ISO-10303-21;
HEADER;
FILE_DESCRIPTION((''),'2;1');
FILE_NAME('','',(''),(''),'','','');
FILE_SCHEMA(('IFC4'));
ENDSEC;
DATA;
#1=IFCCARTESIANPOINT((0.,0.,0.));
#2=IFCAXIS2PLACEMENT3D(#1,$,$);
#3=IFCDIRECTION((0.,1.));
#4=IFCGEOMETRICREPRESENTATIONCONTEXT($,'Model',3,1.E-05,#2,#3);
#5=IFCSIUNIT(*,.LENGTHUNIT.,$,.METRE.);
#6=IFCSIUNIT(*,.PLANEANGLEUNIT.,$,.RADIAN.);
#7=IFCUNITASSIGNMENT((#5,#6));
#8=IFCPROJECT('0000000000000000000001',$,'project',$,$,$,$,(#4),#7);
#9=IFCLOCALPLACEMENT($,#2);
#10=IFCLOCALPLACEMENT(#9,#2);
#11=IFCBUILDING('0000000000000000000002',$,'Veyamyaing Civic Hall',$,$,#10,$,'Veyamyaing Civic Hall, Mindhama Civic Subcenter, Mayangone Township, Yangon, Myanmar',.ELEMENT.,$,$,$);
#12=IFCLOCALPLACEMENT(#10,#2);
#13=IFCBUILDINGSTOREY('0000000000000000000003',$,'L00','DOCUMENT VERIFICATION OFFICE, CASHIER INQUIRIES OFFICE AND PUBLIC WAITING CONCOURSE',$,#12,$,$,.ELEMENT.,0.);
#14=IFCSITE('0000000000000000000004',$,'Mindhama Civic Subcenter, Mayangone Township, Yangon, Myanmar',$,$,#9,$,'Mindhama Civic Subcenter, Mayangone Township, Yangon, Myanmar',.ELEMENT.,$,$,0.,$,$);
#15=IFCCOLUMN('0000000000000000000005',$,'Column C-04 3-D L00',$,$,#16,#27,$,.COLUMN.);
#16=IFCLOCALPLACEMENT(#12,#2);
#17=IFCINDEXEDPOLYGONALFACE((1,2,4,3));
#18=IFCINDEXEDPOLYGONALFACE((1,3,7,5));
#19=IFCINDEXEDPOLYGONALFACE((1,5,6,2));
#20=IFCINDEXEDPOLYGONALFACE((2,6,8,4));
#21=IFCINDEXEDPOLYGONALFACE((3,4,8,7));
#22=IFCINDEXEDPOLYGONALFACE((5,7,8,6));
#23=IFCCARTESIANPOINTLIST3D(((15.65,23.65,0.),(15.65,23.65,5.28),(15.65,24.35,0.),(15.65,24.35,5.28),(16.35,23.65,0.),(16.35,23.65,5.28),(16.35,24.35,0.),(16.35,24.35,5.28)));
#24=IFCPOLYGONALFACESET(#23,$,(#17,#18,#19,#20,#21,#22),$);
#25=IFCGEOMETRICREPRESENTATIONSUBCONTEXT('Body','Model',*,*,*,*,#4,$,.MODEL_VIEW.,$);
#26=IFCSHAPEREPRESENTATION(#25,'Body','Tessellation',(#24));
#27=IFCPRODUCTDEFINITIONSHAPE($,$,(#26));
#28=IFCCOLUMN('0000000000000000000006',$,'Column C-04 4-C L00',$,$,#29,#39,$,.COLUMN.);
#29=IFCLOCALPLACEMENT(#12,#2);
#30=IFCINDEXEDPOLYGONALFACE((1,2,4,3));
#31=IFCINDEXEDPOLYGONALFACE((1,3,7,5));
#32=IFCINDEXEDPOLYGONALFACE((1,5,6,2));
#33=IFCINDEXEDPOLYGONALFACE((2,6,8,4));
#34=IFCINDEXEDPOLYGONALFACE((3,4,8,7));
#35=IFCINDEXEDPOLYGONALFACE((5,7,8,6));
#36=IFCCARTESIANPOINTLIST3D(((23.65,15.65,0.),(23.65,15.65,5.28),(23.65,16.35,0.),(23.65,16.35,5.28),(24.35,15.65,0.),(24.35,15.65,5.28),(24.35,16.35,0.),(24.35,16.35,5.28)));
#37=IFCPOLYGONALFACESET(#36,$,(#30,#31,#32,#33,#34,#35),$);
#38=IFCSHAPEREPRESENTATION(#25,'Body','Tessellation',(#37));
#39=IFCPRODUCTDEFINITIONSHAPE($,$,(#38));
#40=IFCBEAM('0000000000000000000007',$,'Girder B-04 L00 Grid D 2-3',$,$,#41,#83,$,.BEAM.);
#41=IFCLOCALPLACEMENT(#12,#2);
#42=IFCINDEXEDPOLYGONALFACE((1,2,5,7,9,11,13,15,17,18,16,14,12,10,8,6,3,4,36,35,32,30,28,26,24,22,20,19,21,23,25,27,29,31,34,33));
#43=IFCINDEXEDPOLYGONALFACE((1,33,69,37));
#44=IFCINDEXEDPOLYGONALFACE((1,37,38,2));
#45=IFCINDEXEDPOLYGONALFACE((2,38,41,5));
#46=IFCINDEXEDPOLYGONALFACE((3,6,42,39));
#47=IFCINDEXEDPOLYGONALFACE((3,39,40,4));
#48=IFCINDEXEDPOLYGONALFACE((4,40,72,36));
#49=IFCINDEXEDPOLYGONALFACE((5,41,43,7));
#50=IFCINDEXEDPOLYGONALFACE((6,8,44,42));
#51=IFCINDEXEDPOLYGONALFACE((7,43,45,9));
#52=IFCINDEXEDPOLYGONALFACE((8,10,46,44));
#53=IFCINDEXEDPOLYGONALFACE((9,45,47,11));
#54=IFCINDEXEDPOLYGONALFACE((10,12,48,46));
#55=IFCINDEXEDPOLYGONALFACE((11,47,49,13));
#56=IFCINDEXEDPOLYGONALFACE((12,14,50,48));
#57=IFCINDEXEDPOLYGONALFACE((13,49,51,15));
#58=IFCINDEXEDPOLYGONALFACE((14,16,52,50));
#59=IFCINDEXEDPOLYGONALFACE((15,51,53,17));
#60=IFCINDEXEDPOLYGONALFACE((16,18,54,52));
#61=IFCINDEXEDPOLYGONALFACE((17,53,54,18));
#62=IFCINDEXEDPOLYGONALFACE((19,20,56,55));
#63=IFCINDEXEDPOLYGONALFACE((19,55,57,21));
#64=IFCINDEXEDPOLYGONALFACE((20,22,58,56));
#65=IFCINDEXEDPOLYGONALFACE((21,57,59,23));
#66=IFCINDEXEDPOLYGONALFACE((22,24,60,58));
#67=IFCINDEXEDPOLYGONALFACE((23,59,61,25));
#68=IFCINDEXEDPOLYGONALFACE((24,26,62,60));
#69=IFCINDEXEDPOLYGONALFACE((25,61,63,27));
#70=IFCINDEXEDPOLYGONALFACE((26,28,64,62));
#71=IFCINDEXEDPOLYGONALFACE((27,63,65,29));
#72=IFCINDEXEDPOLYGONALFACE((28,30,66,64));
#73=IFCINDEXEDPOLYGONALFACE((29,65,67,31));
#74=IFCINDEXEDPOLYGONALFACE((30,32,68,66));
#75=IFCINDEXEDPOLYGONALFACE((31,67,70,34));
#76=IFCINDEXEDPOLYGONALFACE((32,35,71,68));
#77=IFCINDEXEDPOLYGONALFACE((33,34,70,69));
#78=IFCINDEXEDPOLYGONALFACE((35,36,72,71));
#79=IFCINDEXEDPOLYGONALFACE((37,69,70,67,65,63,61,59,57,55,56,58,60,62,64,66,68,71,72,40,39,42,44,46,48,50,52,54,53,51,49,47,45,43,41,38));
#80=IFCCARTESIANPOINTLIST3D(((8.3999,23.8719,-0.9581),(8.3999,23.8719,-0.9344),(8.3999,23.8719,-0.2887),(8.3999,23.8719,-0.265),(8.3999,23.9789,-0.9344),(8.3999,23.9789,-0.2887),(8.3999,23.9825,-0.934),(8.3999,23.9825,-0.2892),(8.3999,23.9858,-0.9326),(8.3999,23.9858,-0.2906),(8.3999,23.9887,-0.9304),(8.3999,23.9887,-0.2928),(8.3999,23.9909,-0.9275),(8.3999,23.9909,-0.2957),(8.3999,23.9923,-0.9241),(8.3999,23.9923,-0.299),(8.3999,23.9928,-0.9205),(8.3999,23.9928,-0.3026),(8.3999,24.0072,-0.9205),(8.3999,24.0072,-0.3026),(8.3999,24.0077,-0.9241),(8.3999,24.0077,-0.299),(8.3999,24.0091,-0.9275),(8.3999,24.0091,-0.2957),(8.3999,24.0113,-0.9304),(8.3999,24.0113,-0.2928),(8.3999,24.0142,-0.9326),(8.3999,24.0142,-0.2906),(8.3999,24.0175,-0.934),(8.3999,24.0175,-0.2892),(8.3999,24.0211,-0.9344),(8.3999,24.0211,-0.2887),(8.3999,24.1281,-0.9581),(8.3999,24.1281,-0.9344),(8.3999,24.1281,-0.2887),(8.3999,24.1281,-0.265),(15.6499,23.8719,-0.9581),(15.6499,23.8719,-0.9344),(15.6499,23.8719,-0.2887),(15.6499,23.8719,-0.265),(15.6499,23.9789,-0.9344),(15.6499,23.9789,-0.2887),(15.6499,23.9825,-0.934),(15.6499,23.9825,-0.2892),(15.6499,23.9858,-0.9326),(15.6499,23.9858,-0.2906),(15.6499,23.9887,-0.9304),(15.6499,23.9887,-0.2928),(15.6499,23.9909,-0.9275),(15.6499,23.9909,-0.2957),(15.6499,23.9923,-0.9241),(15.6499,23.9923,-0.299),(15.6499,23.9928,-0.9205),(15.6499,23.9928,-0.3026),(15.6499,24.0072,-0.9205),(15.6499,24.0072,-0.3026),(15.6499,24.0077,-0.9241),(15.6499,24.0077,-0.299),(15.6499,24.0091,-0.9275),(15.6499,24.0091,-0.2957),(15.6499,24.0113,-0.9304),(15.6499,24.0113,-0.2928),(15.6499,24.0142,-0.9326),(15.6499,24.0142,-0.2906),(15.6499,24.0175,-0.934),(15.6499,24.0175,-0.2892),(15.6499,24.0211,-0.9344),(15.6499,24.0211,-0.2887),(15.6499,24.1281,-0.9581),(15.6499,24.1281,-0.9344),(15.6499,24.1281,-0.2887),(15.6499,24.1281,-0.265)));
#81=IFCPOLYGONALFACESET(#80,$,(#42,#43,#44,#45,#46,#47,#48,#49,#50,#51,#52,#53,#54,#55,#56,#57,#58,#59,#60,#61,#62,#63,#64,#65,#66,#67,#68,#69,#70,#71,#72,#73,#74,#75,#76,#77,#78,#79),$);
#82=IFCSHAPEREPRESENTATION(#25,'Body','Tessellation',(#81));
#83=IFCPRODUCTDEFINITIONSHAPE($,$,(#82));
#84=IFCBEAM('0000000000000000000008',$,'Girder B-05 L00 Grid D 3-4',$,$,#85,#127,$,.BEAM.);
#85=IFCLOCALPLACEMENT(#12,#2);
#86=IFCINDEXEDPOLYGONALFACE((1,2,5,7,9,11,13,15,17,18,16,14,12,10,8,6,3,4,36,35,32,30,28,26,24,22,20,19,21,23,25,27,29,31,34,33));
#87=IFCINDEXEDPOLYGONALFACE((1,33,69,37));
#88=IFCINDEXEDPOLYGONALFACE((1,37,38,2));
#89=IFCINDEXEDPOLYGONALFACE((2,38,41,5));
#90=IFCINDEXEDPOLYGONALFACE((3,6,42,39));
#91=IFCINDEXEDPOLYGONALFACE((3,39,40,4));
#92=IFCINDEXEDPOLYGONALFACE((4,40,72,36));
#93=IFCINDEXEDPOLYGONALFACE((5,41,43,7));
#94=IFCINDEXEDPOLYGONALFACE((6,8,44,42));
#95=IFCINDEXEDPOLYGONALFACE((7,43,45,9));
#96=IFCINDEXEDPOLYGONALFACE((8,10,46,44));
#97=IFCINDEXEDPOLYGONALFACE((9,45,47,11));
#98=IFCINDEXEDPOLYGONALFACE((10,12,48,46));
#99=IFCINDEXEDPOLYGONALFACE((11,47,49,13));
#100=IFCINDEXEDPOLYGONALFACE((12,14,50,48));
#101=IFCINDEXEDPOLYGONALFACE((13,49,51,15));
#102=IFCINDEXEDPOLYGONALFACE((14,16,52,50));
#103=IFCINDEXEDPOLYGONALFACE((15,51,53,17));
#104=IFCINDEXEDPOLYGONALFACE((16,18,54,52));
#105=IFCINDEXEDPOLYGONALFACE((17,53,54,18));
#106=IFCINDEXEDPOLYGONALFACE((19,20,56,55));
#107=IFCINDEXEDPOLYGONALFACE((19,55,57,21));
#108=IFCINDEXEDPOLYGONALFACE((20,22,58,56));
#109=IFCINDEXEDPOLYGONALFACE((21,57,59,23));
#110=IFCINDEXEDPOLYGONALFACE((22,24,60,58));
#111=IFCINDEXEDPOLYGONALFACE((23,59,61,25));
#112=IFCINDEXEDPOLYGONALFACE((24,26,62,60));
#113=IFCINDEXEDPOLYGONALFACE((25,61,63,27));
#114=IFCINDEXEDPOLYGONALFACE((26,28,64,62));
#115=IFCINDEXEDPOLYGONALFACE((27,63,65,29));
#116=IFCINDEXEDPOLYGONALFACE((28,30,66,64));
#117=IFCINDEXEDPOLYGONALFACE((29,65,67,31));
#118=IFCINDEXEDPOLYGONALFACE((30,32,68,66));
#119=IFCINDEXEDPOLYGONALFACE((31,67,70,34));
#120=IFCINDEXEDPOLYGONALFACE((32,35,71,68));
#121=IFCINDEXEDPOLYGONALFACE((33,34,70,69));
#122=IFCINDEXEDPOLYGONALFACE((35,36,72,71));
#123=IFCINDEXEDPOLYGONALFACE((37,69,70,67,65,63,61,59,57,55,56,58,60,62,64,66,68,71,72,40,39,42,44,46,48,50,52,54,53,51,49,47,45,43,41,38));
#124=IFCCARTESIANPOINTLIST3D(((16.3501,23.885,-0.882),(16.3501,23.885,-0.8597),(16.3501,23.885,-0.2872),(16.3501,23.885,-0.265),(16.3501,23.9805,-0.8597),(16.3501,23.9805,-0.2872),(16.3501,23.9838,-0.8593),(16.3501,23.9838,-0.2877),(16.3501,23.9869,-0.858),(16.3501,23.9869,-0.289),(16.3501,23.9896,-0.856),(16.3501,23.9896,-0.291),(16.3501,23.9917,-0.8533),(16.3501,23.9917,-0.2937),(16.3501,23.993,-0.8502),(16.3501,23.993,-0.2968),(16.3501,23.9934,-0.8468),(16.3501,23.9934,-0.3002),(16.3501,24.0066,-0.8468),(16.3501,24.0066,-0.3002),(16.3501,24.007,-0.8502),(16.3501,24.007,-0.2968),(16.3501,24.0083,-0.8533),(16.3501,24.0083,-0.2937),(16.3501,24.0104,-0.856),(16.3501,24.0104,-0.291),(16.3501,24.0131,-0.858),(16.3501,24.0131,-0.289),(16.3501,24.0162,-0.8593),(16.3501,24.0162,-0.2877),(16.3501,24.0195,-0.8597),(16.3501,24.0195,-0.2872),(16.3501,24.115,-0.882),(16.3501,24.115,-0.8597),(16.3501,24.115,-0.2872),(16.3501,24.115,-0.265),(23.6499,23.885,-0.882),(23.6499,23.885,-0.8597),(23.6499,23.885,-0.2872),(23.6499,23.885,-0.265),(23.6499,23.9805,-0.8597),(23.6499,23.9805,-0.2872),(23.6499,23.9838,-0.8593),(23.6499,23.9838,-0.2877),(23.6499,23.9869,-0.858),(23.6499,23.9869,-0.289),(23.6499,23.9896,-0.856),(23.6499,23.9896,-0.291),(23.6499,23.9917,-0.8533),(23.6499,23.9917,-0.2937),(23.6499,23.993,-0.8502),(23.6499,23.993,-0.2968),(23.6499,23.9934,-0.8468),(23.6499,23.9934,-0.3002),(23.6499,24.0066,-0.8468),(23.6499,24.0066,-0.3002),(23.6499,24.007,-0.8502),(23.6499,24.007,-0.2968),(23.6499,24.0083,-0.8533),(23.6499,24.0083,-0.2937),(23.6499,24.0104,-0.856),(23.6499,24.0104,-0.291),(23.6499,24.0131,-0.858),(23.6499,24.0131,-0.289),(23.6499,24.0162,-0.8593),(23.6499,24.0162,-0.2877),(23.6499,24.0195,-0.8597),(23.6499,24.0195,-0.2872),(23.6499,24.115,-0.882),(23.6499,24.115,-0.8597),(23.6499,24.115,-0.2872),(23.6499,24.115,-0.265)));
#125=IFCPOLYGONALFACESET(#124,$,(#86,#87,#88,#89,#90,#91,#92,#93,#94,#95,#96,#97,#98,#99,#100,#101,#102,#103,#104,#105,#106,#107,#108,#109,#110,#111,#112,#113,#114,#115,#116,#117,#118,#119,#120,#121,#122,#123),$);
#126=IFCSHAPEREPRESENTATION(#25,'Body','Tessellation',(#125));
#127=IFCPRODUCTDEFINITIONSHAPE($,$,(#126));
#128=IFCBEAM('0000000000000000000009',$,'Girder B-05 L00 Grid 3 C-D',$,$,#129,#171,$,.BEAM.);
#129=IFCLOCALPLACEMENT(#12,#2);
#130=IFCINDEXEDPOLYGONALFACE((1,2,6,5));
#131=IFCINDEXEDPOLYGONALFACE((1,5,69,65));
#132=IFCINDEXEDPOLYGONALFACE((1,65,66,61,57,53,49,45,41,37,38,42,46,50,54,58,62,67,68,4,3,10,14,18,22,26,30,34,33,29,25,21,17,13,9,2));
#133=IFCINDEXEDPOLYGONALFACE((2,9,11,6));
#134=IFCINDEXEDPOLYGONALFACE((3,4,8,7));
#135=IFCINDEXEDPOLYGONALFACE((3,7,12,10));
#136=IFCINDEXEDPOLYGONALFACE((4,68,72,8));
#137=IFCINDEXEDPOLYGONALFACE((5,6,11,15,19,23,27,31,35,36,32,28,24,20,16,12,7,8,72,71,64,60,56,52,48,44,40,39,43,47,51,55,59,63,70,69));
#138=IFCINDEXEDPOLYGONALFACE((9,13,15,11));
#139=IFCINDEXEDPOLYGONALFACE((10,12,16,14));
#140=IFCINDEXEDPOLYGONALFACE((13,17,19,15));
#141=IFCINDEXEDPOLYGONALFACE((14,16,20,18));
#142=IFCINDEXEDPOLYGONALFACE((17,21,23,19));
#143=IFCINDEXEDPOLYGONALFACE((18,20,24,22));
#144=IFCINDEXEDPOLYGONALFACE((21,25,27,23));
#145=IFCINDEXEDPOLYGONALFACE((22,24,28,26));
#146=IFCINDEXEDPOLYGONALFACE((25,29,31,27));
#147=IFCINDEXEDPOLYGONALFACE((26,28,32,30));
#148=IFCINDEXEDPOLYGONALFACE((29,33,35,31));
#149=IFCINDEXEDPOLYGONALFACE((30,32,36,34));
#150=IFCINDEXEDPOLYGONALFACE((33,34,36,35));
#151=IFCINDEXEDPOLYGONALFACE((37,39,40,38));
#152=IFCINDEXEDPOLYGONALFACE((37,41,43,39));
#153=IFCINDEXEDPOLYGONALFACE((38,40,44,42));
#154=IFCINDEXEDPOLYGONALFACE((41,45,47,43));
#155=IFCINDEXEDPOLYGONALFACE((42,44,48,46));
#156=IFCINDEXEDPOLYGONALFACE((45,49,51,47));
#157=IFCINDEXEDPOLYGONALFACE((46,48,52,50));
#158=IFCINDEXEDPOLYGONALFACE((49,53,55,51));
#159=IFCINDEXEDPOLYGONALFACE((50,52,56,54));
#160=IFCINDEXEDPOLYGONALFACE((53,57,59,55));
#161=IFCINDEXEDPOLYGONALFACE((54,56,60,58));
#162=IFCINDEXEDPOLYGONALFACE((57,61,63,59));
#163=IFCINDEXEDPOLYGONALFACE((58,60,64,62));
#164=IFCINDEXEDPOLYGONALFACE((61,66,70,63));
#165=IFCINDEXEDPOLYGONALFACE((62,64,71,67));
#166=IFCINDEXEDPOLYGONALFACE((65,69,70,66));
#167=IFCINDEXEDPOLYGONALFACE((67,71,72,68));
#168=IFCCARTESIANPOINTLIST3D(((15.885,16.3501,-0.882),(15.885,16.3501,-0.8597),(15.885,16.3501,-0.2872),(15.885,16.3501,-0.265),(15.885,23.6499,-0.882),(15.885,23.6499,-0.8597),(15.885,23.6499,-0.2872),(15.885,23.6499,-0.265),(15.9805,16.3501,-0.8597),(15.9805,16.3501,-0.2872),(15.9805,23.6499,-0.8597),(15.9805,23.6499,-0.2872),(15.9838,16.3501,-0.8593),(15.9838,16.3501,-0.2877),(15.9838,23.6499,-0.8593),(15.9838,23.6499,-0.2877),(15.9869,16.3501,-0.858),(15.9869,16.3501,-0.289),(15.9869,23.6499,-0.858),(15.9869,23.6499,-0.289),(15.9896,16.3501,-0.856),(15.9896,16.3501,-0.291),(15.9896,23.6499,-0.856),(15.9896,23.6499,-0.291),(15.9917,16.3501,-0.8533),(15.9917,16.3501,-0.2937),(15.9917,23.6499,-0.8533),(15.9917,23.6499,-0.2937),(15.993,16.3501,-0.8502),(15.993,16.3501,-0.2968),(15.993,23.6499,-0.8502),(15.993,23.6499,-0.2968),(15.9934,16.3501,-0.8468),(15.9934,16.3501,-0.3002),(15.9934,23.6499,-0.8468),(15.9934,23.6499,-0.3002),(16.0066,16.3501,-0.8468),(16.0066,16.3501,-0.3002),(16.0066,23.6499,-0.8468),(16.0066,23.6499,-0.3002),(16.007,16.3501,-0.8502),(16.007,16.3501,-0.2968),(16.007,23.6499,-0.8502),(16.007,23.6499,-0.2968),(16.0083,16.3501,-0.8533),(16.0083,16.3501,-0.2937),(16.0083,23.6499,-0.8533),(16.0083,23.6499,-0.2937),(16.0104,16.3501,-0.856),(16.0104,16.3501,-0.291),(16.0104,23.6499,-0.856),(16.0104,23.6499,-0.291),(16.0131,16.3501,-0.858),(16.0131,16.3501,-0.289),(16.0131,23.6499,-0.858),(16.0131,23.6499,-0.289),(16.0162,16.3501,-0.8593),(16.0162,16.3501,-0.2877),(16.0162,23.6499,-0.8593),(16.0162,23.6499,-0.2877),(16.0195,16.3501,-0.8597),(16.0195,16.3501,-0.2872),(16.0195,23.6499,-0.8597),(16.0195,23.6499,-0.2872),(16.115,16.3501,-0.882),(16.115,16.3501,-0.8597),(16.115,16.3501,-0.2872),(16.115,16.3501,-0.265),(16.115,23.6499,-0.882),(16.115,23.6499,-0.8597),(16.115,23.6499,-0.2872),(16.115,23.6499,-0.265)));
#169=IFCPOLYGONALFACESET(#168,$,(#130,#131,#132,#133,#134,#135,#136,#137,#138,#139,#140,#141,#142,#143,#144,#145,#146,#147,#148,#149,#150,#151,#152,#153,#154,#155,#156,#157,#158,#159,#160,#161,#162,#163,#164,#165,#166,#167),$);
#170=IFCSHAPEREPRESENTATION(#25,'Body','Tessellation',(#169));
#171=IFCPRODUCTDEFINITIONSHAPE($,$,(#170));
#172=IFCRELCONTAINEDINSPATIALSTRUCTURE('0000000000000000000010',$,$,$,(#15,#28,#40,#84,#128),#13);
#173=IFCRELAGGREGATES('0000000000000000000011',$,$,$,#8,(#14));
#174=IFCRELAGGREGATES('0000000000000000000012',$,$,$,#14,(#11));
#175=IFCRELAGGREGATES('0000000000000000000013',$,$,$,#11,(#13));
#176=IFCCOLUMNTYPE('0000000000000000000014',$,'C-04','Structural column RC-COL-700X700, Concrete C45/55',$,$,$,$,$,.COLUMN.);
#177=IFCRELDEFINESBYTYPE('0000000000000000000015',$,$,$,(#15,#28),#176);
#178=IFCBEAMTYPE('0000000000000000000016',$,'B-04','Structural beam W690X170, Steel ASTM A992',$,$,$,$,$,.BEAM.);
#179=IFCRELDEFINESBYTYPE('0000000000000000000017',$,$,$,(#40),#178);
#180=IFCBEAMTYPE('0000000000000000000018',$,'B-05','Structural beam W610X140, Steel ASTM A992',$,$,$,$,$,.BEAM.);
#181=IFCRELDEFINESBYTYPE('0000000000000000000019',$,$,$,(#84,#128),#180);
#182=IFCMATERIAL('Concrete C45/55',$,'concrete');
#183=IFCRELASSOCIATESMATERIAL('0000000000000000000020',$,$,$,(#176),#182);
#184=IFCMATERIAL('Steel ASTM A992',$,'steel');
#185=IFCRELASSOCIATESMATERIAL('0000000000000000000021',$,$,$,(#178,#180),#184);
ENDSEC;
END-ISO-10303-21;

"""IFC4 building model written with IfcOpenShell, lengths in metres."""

from ifc_helpers import new_model, si_unit, direction, frame, origin, origin_2d, place, context, subcontext, project, spatial, rectangle, i_section, extrude, material, material_profile, profile_set, type_object, element, save


model = new_model("IFC4")

# Units and contexts
model_context = context("Model", 3, precision=1e-05, world=origin(), true_north=direction((0.0, 1.0)))
body_context = subcontext(model_context, "Body", "Model", "MODEL_VIEW")
ifc_project = project(units=[si_unit("LENGTHUNIT", "METRE"), si_unit("PLANEANGLEUNIT", "RADIAN")], contexts=[model_context])

# Site, building, storey
site_placement = place(None, origin())
site = spatial("IfcSite", under=ifc_project, at=site_placement, Name="Mindhama Civic Subcenter, Mayangone Township, Yangon, Myanmar", LongName="Mindhama Civic Subcenter, Mayangone Township, Yangon, Myanmar", CompositionType="ELEMENT", RefElevation=0.0)
building_placement = place(site_placement, origin())
building = spatial("IfcBuilding", under=site, at=building_placement, Name="Veyamyaing Civic Hall", LongName="Veyamyaing Civic Hall, Mindhama Civic Subcenter, Mayangone Township, Yangon, Myanmar", CompositionType="ELEMENT")
storey_placement = place(building_placement, origin())
storey = spatial("IfcBuildingStorey", under=building, at=storey_placement, Name="L00", Description="DOCUMENT VERIFICATION OFFICE, CASHIER INQUIRIES OFFICE AND PUBLIC WAITING CONCOURSE", CompositionType="ELEMENT", Elevation=0.0)

# Columns
ifc_material_1 = material(Name="Concrete C45/55", Category="concrete")
ifc_material_profile_1 = material_profile(ifc_material_1, rectangle(XDim=0.7, YDim=0.7, at=origin_2d()), Name="RC-COL-700X700")
ifc_profile_set_1 = profile_set([ifc_material_profile_1], Name="Concrete C45/55")
column_type = type_object("IfcColumnType", Name="C-04", Description="Structural column RC-COL-700X700, Concrete C45/55", PredefinedType="COLUMN", material=ifc_profile_set_1)
for number, where, z_axis, x_axis, name in (
    (1, (16.0, 24.0, 0.0), (0.0, 0.0, 1.0), (1.0, 0.0, 0.0), "Column C-04 3-D L00"),
    (2, (24.0, 16.0, 0.0), (0.0, 0.0, 1.0), (1.0, 0.0, 0.0), "Column C-04 4-C L00"),
):
    element("IfcColumn", number, at=place(storey_placement, frame(where, z_axis=z_axis, x_axis=x_axis)), inside=storey, type_object=column_type, Name=name, PredefinedType="COLUMN", context=body_context, shape_type="SweptSolid", body=[
        extrude(rectangle(XDim=0.7, YDim=0.7, at=origin_2d()), origin(), (0.0, 0.0, 1.0), 5.28),
    ])

# Beams
ifc_material_2 = material(Name="Steel ASTM A992", Category="steel")
ifc_material_profile_2 = material_profile(ifc_material_2, i_section(OverallWidth=0.2561, OverallDepth=0.6931, WebThickness=0.0144, FlangeThickness=0.0237, FilletRadius=0.0139, at=origin_2d()), Name="W690X170")
ifc_profile_set_2 = profile_set([ifc_material_profile_2], Name="Steel ASTM A992")
beam_type_1 = type_object("IfcBeamType", Name="B-04", Description="Structural beam W690X170, Steel ASTM A992", PredefinedType="BEAM", material=ifc_profile_set_2)
beam_1_placement = place(storey_placement, frame((8.3999, 24.0, -0.6116), z_axis=(1.0, 0.0, 0.0), x_axis=(0.0, 1.0, 0.0)))
element("IfcBeam", 3, at=beam_1_placement, inside=storey, type_object=beam_type_1, Name="Girder B-04 L00 Grid D 2-3", PredefinedType="BEAM", context=body_context, shape_type="SweptSolid", body=[
    extrude(i_section(OverallWidth=0.2561, OverallDepth=0.6931, WebThickness=0.0144, FlangeThickness=0.0237, FilletRadius=0.0139, at=origin_2d()), origin(), (0.0, 0.0, 1.0), 7.25),
])
ifc_material_profile_3 = material_profile(ifc_material_2, i_section(OverallWidth=0.23, OverallDepth=0.6169, WebThickness=0.0132, FlangeThickness=0.0222, FilletRadius=0.0129, at=origin_2d()), Name="W610X140")
ifc_profile_set_3 = profile_set([ifc_material_profile_3], Name="Steel ASTM A992")
beam_type_2 = type_object("IfcBeamType", Name="B-05", Description="Structural beam W610X140, Steel ASTM A992", PredefinedType="BEAM", material=ifc_profile_set_3)
for number, where, z_axis, x_axis, name in (
    (4, (16.3501, 24.0, -0.5735), (1.0, 0.0, 0.0), (0.0, 1.0, 0.0), "Girder B-05 L00 Grid D 3-4"),
    (5, (16.0, 16.3501, -0.5735), (0.0, 1.0, 0.0), (-1.0, 0.0, 0.0), "Girder B-05 L00 Grid 3 C-D"),
):
    element("IfcBeam", number, at=place(storey_placement, frame(where, z_axis=z_axis, x_axis=x_axis)), inside=storey, type_object=beam_type_2, Name=name, PredefinedType="BEAM", context=body_context, shape_type="SweptSolid", body=[
        extrude(i_section(OverallWidth=0.23, OverallDepth=0.6169, WebThickness=0.0132, FlangeThickness=0.0222, FilletRadius=0.0129, at=origin_2d()), origin(), (0.0, 0.0, 1.0), 7.2998),
    ])

save(model, "model.ifc")
